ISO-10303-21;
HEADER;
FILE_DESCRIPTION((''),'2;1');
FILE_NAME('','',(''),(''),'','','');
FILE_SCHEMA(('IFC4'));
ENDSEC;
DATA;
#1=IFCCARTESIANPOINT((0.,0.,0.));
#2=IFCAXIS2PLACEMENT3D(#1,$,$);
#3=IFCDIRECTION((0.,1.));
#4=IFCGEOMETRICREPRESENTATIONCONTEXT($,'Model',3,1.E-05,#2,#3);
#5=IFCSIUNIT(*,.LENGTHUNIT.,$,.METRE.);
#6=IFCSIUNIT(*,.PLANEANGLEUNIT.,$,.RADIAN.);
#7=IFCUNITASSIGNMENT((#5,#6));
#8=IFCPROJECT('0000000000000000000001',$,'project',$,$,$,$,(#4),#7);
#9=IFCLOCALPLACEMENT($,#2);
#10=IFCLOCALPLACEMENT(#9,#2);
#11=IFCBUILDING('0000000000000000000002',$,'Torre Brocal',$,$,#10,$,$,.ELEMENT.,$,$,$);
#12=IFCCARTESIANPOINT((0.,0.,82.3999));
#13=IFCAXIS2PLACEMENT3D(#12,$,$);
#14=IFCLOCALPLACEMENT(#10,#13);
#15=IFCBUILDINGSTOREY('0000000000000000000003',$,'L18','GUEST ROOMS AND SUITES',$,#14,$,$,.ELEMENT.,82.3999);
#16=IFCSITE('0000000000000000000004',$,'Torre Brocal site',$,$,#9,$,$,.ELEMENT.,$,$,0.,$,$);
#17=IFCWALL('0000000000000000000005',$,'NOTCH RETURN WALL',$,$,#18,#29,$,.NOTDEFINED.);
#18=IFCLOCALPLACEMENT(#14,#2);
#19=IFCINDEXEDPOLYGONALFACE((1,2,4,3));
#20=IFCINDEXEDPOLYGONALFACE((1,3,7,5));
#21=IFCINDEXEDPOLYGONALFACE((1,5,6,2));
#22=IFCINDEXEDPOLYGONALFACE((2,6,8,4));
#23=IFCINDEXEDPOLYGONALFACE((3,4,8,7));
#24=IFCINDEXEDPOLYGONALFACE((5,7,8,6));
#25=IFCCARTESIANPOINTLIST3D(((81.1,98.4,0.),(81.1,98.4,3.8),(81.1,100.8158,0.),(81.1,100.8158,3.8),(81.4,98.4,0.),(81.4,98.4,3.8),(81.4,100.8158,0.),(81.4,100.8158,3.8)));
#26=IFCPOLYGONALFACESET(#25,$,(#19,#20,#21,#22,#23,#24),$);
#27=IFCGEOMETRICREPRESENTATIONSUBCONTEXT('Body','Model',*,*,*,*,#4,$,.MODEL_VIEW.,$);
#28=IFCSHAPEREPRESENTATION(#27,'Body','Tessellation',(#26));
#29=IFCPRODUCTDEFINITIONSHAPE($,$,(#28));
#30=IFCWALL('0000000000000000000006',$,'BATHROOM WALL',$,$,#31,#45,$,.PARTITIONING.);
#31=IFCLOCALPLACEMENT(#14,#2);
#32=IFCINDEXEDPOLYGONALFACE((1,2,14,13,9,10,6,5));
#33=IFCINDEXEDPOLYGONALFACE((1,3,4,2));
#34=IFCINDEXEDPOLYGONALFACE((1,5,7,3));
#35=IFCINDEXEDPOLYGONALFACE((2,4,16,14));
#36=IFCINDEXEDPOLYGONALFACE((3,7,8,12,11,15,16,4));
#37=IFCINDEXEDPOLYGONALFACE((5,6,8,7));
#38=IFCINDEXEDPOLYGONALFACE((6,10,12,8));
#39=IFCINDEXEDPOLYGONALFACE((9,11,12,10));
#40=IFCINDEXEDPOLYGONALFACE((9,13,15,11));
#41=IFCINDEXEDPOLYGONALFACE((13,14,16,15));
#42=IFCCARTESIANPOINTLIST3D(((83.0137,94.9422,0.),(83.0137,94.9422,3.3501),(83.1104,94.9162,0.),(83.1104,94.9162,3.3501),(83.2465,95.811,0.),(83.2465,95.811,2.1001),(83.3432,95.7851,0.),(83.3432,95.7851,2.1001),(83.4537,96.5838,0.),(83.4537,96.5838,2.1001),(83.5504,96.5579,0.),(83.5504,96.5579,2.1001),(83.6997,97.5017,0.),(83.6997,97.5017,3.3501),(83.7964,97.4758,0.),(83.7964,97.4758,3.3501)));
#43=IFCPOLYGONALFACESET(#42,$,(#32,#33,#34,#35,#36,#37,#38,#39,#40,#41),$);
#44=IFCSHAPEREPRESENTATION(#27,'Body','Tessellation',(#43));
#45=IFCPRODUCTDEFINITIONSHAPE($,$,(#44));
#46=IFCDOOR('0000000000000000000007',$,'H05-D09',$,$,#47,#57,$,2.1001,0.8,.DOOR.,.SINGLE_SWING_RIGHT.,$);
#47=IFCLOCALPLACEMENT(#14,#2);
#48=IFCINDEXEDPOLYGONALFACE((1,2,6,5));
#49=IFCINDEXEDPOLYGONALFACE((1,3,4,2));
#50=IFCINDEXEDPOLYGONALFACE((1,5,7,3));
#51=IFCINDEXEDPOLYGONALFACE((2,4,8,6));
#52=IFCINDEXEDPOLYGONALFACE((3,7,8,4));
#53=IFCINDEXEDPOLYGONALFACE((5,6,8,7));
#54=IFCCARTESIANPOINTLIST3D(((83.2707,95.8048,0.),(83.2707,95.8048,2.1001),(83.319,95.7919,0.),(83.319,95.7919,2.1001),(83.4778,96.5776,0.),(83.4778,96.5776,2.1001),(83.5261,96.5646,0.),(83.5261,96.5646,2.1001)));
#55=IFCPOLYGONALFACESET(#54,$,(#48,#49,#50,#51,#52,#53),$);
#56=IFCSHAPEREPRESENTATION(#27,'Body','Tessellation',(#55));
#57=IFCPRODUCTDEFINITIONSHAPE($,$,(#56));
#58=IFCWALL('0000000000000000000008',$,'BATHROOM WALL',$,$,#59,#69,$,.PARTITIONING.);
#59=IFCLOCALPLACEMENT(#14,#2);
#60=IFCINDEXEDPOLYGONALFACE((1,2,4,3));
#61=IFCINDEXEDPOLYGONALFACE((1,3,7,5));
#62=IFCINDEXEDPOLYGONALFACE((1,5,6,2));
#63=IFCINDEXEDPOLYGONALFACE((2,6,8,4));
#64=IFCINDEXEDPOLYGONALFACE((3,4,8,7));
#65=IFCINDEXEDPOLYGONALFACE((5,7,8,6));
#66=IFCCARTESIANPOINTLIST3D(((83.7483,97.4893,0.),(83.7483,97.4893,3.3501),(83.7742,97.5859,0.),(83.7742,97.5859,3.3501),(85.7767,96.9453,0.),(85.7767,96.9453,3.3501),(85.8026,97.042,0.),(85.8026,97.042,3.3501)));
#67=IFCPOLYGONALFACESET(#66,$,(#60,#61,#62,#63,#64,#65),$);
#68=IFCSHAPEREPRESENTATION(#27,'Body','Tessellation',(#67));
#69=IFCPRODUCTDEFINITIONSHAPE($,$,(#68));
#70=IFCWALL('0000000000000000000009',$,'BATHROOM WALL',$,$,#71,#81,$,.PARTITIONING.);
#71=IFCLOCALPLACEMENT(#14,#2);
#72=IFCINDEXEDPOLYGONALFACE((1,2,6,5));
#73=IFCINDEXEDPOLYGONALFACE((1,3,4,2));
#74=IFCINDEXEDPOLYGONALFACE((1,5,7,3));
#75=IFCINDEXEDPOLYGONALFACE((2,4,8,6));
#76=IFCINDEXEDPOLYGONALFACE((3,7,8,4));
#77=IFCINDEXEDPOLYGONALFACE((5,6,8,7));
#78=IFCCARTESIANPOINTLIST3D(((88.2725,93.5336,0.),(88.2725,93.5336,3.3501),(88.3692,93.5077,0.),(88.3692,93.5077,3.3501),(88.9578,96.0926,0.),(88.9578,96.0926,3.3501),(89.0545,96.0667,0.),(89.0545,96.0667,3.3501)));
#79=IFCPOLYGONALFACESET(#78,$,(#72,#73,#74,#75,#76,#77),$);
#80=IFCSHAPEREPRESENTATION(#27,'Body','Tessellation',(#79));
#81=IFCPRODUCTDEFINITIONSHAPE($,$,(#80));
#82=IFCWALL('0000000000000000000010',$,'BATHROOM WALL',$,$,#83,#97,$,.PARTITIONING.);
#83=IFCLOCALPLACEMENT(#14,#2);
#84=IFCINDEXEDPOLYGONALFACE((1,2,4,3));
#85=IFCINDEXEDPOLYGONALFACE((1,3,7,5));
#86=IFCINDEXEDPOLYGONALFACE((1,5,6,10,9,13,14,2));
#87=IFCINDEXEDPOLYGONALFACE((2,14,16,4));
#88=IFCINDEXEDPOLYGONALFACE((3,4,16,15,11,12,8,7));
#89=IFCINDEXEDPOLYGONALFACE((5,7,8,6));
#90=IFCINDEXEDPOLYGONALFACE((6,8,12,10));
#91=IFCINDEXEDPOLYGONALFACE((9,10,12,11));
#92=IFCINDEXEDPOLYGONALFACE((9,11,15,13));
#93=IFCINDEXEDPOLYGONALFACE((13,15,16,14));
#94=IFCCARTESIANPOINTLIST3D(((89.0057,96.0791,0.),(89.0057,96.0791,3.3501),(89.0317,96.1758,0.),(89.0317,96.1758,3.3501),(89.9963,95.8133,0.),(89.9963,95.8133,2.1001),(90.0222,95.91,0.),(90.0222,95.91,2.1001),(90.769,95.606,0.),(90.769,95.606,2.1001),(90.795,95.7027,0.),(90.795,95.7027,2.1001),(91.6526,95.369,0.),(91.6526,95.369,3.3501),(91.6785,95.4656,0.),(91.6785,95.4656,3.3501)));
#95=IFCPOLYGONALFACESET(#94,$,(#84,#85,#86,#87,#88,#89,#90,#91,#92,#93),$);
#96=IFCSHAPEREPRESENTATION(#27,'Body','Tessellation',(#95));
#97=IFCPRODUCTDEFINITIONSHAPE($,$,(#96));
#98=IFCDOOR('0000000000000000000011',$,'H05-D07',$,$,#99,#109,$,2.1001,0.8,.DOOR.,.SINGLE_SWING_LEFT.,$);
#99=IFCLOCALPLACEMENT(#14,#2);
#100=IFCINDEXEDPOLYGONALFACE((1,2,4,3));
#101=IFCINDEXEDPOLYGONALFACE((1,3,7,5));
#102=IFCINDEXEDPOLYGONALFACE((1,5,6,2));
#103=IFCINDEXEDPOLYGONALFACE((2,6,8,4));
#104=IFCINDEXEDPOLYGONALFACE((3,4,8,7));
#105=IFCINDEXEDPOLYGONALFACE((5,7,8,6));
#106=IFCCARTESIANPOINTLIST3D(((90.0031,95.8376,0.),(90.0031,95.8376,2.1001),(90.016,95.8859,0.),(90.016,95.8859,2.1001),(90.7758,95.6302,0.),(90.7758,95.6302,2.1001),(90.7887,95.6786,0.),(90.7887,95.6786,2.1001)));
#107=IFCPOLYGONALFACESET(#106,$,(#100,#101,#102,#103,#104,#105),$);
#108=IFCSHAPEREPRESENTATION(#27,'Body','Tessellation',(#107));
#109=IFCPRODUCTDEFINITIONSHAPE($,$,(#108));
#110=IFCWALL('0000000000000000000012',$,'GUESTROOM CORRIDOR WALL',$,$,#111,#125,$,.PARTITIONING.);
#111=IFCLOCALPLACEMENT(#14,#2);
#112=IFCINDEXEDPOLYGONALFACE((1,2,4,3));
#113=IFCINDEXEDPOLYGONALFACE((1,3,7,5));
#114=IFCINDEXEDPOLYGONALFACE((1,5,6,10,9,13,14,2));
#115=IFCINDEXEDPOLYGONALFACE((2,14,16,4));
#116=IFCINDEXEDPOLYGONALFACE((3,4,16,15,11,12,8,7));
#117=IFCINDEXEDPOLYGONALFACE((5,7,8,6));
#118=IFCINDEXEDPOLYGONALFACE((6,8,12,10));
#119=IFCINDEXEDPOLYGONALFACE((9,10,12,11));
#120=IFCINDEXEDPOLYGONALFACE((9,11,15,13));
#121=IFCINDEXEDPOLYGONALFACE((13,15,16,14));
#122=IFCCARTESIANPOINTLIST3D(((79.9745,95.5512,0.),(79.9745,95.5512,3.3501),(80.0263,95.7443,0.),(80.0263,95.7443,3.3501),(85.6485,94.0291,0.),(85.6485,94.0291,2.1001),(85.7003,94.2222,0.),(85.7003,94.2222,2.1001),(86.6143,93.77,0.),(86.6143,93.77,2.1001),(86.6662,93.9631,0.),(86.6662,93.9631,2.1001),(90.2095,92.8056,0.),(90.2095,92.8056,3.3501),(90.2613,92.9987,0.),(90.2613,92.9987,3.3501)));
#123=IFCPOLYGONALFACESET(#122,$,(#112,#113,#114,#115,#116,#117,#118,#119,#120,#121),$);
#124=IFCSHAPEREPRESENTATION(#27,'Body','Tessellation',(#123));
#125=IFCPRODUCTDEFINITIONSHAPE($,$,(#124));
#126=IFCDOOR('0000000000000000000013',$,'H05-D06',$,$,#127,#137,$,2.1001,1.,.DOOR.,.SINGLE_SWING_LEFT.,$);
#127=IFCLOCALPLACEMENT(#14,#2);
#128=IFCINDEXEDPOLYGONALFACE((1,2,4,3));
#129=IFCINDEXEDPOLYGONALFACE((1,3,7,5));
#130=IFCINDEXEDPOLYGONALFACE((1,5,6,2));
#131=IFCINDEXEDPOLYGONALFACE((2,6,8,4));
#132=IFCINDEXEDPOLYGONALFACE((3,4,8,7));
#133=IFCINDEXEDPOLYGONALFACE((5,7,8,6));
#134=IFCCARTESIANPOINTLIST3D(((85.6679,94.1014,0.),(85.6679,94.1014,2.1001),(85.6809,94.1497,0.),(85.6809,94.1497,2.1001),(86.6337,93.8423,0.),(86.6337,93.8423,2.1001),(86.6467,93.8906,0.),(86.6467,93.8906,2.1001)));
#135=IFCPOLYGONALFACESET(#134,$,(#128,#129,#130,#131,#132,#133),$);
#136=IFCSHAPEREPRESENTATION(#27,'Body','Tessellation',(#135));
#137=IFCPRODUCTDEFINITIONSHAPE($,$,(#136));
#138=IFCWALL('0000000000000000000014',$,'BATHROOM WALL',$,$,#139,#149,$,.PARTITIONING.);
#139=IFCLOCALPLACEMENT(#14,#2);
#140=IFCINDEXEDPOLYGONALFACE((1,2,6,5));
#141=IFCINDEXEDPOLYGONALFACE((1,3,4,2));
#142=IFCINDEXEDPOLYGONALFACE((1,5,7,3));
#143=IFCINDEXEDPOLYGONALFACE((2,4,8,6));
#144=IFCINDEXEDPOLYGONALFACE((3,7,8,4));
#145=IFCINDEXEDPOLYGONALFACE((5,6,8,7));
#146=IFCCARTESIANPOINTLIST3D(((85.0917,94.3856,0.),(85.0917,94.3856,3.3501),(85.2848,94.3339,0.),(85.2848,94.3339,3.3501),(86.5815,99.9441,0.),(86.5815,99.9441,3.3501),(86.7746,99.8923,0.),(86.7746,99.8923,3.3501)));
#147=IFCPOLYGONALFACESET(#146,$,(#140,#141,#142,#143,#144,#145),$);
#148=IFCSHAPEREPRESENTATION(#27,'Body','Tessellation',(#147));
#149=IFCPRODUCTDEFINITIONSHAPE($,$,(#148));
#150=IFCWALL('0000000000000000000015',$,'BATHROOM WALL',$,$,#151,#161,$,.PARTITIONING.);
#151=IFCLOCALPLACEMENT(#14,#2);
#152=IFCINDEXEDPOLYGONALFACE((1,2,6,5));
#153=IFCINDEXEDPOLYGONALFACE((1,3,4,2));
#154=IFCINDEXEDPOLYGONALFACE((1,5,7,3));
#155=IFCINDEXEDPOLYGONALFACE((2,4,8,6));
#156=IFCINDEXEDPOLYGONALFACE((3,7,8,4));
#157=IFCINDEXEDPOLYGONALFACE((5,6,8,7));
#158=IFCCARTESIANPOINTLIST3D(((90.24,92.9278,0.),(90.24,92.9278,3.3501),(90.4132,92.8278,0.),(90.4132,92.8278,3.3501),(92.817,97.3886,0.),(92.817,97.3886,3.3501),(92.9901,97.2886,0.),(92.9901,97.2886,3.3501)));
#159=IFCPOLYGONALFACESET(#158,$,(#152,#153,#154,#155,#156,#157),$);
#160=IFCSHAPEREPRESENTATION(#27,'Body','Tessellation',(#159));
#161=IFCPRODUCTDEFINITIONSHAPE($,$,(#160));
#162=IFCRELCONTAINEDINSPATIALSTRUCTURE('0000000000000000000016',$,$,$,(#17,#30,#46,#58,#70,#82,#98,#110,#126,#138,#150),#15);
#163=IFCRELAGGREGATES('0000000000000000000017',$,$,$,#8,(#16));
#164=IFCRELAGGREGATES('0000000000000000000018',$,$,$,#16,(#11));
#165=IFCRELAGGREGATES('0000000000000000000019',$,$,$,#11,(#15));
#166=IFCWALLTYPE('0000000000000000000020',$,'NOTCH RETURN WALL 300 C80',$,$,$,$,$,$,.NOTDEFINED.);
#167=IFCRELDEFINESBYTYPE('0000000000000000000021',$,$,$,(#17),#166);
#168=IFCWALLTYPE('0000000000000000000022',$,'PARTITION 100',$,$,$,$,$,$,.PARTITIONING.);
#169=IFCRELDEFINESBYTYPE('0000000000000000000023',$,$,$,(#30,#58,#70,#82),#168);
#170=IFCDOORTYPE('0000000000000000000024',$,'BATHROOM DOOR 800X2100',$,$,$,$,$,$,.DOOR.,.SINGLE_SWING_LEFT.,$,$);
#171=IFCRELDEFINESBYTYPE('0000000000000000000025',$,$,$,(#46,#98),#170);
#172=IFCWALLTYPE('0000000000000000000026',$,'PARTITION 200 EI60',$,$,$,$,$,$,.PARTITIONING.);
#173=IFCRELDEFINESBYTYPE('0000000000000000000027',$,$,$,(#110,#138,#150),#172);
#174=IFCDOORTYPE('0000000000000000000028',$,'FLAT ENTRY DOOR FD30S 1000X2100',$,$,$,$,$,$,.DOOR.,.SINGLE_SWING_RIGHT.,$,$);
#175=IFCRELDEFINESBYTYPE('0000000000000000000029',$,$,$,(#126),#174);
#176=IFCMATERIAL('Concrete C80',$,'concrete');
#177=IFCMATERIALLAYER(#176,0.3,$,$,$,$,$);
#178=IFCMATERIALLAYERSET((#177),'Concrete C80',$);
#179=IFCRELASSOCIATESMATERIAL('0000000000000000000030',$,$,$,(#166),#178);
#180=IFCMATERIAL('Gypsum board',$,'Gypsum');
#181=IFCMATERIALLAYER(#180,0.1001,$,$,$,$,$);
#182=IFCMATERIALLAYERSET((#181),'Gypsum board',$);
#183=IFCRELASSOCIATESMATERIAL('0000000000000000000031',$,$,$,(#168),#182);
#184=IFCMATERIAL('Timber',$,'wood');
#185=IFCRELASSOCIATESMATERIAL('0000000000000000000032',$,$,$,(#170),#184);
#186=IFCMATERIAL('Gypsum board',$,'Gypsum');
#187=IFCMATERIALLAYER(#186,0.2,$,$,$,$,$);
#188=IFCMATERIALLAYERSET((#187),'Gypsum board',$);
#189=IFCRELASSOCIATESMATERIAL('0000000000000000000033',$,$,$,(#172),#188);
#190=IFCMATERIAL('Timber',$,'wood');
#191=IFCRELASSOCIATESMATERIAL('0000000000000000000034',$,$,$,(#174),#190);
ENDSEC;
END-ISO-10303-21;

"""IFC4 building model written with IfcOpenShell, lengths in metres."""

from ifc_helpers import new_model, si_unit, direction, frame, frame_2d, origin, place, context, subcontext, project, spatial, rectangle, extrude, material, layer, layer_set, type_object, element, fill, save


model = new_model("IFC4")

# Units and contexts
model_context = context("Model", 3, precision=1e-05, world=origin(), true_north=direction((0.0, 1.0)))
body_context = subcontext(model_context, "Body", "Model", "MODEL_VIEW")
ifc_project = project(units=[si_unit("LENGTHUNIT", "METRE"), si_unit("PLANEANGLEUNIT", "RADIAN")], contexts=[model_context])

# Site, building, storey
site_placement = place(None, origin())
site = spatial("IfcSite", under=ifc_project, at=site_placement, Name="Torre Brocal site", CompositionType="ELEMENT", RefElevation=0.0)
building_placement = place(site_placement, origin())
building = spatial("IfcBuilding", under=site, at=building_placement, Name="Torre Brocal", CompositionType="ELEMENT")
storey_placement = place(building_placement, frame((0.0, 0.0, 82.3999)))
storey = spatial("IfcBuildingStorey", under=building, at=storey_placement, Name="L18", Description="GUEST ROOMS AND SUITES", CompositionType="ELEMENT", Elevation=82.3999)

# Wall
ifc_material_1 = material(Name="Concrete C80", Category="concrete")
ifc_layer_1 = layer(ifc_material_1, 0.3)
ifc_layer_set_1 = layer_set([ifc_layer_1], Name="Concrete C80")
wall_type_1 = type_object("IfcWallType", Name="NOTCH RETURN WALL 300 C80", PredefinedType="NOTDEFINED", material=ifc_layer_set_1)
wall_1_placement = place(storey_placement, frame((81.25, 98.3999, 0.0), z_axis=(0.0, 0.0, 1.0), x_axis=(0.0, 1.0, 0.0)))
element("IfcWall", 1, at=wall_1_placement, inside=storey, type_object=wall_type_1, Name="NOTCH RETURN WALL", PredefinedType="NOTDEFINED", context=body_context, shape_type="SweptSolid", body=[
    extrude(rectangle(XDim=2.4158, YDim=0.3, at=frame_2d((1.208, 0.0))), origin(), (0.0, 0.0, 1.0), 3.8),
])

# Wall, opening, door
ifc_material_2 = material(Name="Gypsum board", Category="Gypsum")
ifc_layer_2 = layer(ifc_material_2, 0.1001)
ifc_layer_set_2 = layer_set([ifc_layer_2], Name="Gypsum board")
wall_type_2 = type_object("IfcWallType", Name="PARTITION 100", PredefinedType="PARTITIONING", material=ifc_layer_set_2)
wall_2_placement = place(storey_placement, frame((83.062, 94.9292, 0.0), z_axis=(0.0, 0.0, 1.0), x_axis=(0.25889, 0.965907, 0.0)))
wall_2 = element("IfcWall", 2, at=wall_2_placement, inside=storey, type_object=wall_type_2, Name="BATHROOM WALL", PredefinedType="PARTITIONING", context=body_context, shape_type="SweptSolid", body=[
    extrude(rectangle(XDim=2.6499, YDim=0.1001, at=frame_2d((1.325, 0.0))), origin(), (0.0, 0.0, 1.0), 3.3501),
])
opening_1_placement = place(wall_2_placement, frame((0.8997, 0.0, 0.0)))
opening_1 = element("IfcOpeningElement", 3, at=opening_1_placement, cuts=wall_2, PredefinedType="OPENING", context=body_context, shape_type="SweptSolid", body=[
    extrude(rectangle(XDim=0.8, YDim=2.1001, at=frame_2d((0.3999, 1.05))), frame((0.0, 0.0601, 0.0), z_axis=(0.0, -1.0, 0.0), x_axis=(1.0, 0.0, 0.0)), (0.0, 0.0, 1.0), 0.1201),
])
ifc_material_3 = material(Name="Timber", Category="wood")
door_type_1 = type_object("IfcDoorType", Name="BATHROOM DOOR 800X2100", OperationType="SINGLE_SWING_LEFT", PredefinedType="DOOR", material=ifc_material_3)
door_1_placement = place(opening_1_placement, frame((0.8, 0.0, 0.0), z_axis=(0.0, 0.0, 1.0), x_axis=(-1.0, 0.0, 0.0)))
door_1 = element("IfcDoor", 4, at=door_1_placement, inside=storey, type_object=door_type_1, Name="H05-D09", OperationType="SINGLE_SWING_RIGHT", OverallHeight=2.1001, OverallWidth=0.8, PredefinedType="DOOR", context=body_context, shape_type="SweptSolid", body=[
    extrude(rectangle(XDim=0.8, YDim=2.1001, at=frame_2d((0.3999, 1.05))), frame((0.0, 0.0249, 0.0), z_axis=(0.0, -1.0, 0.0), x_axis=(1.0, 0.0, 0.0)), (0.0, 0.0, 1.0), 0.05),
])
fill(opening_1, door_1)

# Walls
wall_3_placement = place(storey_placement, frame((83.7612, 97.5376, 0.0), z_axis=(0.0, 0.0, 1.0), x_axis=(0.965871, -0.259023, 0.0)))
element("IfcWall", 5, at=wall_3_placement, inside=storey, type_object=wall_type_2, Name="BATHROOM WALL", PredefinedType="PARTITIONING", context=body_context, shape_type="SweptSolid", body=[
    extrude(rectangle(XDim=2.1001, YDim=0.1001, at=frame_2d((1.05, 0.0))), origin(), (0.0, 0.0, 1.0), 3.3501),
])
wall_4_placement = place(storey_placement, frame((88.3208, 93.5205, 0.0), z_axis=(0.0, 0.0, 1.0), x_axis=(0.258678, 0.965964, 0.0)))
element("IfcWall", 6, at=wall_4_placement, inside=storey, type_object=wall_type_2, Name="BATHROOM WALL", PredefinedType="PARTITIONING", context=body_context, shape_type="SweptSolid", body=[
    extrude(rectangle(XDim=2.6492, YDim=0.1001, at=frame_2d((1.3247, 0.0))), origin(), (0.0, 0.0, 1.0), 3.3501),
])

# Walls, openings, doors
wall_5_placement = place(storey_placement, frame((89.0188, 96.1274, 0.0), z_axis=(0.0, 0.0, 1.0), x_axis=(0.965839, -0.259143, 0.0)))
wall_5 = element("IfcWall", 7, at=wall_5_placement, inside=storey, type_object=wall_type_2, Name="BATHROOM WALL", PredefinedType="PARTITIONING", context=body_context, shape_type="SweptSolid", body=[
    extrude(rectangle(XDim=2.7405, YDim=0.1001, at=frame_2d((1.3701, 0.0))), origin(), (0.0, 0.0, 1.0), 3.3501),
])
opening_2_placement = place(wall_5_placement, frame((1.0256, 0.0, 0.0)))
opening_2 = element("IfcOpeningElement", 8, at=opening_2_placement, cuts=wall_5, PredefinedType="OPENING", context=body_context, shape_type="SweptSolid", body=[
    extrude(rectangle(XDim=0.8, YDim=2.1001, at=frame_2d((0.3999, 1.05))), frame((0.0, 0.0601, 0.0), z_axis=(0.0, -1.0, 0.0), x_axis=(1.0, 0.0, 0.0)), (0.0, 0.0, 1.0), 0.1201),
])
door_2_placement = place(opening_2_placement, frame((0.8, 0.0, 0.0), z_axis=(0.0, 0.0, 1.0), x_axis=(-1.0, 0.0, 0.0)))
door_2 = element("IfcDoor", 9, at=door_2_placement, inside=storey, type_object=door_type_1, Name="H05-D07", OperationType="SINGLE_SWING_LEFT", OverallHeight=2.1001, OverallWidth=0.8, PredefinedType="DOOR", context=body_context, shape_type="SweptSolid", body=[
    extrude(rectangle(XDim=0.8, YDim=2.1001, at=frame_2d((0.3999, 1.05))), frame((0.0, 0.0249, 0.0), z_axis=(0.0, -1.0, 0.0), x_axis=(1.0, 0.0, 0.0)), (0.0, 0.0, 1.0), 0.05),
])
fill(opening_2, door_2)
ifc_material_4 = material(Name="Gypsum board", Category="Gypsum")
ifc_layer_3 = layer(ifc_material_4, 0.2)
ifc_layer_set_3 = layer_set([ifc_layer_3], Name="Gypsum board")
wall_type_3 = type_object("IfcWallType", Name="PARTITION 200 EI60", PredefinedType="PARTITIONING", material=ifc_layer_set_3)
wall_6_placement = place(storey_placement, frame((80.0005, 95.6477, 0.0), z_axis=(0.0, 0.0, 1.0), x_axis=(0.965852, -0.259093, 0.0)))
wall_6 = element("IfcWall", 10, at=wall_6_placement, inside=storey, type_object=wall_type_3, Name="GUESTROOM CORRIDOR WALL", PredefinedType="PARTITIONING", context=body_context, shape_type="SweptSolid", body=[
    extrude(rectangle(XDim=10.5969, YDim=0.2, at=frame_2d((5.2983, 0.0))), origin(), (0.0, 0.0, 1.0), 3.3501),
])
opening_3_placement = place(wall_6_placement, frame((5.8745, 0.0, 0.0)))
opening_3 = element("IfcOpeningElement", 11, at=opening_3_placement, cuts=wall_6, PredefinedType="OPENING", context=body_context, shape_type="SweptSolid", body=[
    extrude(rectangle(XDim=1.0, YDim=2.1001, at=frame_2d((0.5, 1.05))), frame((0.0, 0.1099, 0.0), z_axis=(0.0, -1.0, 0.0), x_axis=(1.0, 0.0, 0.0)), (0.0, 0.0, 1.0), 0.22),
])
ifc_material_5 = material(Name="Timber", Category="wood")
door_type_2 = type_object("IfcDoorType", Name="FLAT ENTRY DOOR FD30S 1000X2100", OperationType="SINGLE_SWING_RIGHT", PredefinedType="DOOR", material=ifc_material_5)
door_3_placement = place(opening_3_placement, origin())
door_3 = element("IfcDoor", 12, at=door_3_placement, inside=storey, type_object=door_type_2, Name="H05-D06", OperationType="SINGLE_SWING_LEFT", OverallHeight=2.1001, OverallWidth=1.0, PredefinedType="DOOR", context=body_context, shape_type="SweptSolid", body=[
    extrude(rectangle(XDim=1.0, YDim=2.1001, at=frame_2d((0.5, 1.05))), frame((0.0, 0.0249, 0.0), z_axis=(0.0, -1.0, 0.0), x_axis=(1.0, 0.0, 0.0)), (0.0, 0.0, 1.0), 0.05),
])
fill(opening_3, door_3)

# Walls
wall_7_placement = place(storey_placement, frame((85.1882, 94.3596, 0.0), z_axis=(0.0, 0.0, 1.0), x_axis=(0.258882, 0.965909, 0.0)))
element("IfcWall", 13, at=wall_7_placement, inside=storey, type_object=wall_type_3, Name="BATHROOM WALL", PredefinedType="PARTITIONING", context=body_context, shape_type="SweptSolid", body=[
    extrude(rectangle(XDim=5.7546, YDim=0.2, at=frame_2d((2.8774, 0.0))), origin(), (0.0, 0.0, 1.0), 3.3501),
])
wall_8_placement = place(storey_placement, frame((90.3267, 92.8779, 0.0), z_axis=(0.0, 0.0, 1.0), x_axis=(0.500222, 0.865897, 0.0)))
element("IfcWall", 14, at=wall_8_placement, inside=storey, type_object=wall_type_3, Name="BATHROOM WALL", PredefinedType="PARTITIONING", context=body_context, shape_type="SweptSolid", body=[
    extrude(rectangle(XDim=5.1516, YDim=0.2, at=frame_2d((2.5757, 0.0))), origin(), (0.0, 0.0, 1.0), 3.3501),
])

save(model, "model.ifc")
